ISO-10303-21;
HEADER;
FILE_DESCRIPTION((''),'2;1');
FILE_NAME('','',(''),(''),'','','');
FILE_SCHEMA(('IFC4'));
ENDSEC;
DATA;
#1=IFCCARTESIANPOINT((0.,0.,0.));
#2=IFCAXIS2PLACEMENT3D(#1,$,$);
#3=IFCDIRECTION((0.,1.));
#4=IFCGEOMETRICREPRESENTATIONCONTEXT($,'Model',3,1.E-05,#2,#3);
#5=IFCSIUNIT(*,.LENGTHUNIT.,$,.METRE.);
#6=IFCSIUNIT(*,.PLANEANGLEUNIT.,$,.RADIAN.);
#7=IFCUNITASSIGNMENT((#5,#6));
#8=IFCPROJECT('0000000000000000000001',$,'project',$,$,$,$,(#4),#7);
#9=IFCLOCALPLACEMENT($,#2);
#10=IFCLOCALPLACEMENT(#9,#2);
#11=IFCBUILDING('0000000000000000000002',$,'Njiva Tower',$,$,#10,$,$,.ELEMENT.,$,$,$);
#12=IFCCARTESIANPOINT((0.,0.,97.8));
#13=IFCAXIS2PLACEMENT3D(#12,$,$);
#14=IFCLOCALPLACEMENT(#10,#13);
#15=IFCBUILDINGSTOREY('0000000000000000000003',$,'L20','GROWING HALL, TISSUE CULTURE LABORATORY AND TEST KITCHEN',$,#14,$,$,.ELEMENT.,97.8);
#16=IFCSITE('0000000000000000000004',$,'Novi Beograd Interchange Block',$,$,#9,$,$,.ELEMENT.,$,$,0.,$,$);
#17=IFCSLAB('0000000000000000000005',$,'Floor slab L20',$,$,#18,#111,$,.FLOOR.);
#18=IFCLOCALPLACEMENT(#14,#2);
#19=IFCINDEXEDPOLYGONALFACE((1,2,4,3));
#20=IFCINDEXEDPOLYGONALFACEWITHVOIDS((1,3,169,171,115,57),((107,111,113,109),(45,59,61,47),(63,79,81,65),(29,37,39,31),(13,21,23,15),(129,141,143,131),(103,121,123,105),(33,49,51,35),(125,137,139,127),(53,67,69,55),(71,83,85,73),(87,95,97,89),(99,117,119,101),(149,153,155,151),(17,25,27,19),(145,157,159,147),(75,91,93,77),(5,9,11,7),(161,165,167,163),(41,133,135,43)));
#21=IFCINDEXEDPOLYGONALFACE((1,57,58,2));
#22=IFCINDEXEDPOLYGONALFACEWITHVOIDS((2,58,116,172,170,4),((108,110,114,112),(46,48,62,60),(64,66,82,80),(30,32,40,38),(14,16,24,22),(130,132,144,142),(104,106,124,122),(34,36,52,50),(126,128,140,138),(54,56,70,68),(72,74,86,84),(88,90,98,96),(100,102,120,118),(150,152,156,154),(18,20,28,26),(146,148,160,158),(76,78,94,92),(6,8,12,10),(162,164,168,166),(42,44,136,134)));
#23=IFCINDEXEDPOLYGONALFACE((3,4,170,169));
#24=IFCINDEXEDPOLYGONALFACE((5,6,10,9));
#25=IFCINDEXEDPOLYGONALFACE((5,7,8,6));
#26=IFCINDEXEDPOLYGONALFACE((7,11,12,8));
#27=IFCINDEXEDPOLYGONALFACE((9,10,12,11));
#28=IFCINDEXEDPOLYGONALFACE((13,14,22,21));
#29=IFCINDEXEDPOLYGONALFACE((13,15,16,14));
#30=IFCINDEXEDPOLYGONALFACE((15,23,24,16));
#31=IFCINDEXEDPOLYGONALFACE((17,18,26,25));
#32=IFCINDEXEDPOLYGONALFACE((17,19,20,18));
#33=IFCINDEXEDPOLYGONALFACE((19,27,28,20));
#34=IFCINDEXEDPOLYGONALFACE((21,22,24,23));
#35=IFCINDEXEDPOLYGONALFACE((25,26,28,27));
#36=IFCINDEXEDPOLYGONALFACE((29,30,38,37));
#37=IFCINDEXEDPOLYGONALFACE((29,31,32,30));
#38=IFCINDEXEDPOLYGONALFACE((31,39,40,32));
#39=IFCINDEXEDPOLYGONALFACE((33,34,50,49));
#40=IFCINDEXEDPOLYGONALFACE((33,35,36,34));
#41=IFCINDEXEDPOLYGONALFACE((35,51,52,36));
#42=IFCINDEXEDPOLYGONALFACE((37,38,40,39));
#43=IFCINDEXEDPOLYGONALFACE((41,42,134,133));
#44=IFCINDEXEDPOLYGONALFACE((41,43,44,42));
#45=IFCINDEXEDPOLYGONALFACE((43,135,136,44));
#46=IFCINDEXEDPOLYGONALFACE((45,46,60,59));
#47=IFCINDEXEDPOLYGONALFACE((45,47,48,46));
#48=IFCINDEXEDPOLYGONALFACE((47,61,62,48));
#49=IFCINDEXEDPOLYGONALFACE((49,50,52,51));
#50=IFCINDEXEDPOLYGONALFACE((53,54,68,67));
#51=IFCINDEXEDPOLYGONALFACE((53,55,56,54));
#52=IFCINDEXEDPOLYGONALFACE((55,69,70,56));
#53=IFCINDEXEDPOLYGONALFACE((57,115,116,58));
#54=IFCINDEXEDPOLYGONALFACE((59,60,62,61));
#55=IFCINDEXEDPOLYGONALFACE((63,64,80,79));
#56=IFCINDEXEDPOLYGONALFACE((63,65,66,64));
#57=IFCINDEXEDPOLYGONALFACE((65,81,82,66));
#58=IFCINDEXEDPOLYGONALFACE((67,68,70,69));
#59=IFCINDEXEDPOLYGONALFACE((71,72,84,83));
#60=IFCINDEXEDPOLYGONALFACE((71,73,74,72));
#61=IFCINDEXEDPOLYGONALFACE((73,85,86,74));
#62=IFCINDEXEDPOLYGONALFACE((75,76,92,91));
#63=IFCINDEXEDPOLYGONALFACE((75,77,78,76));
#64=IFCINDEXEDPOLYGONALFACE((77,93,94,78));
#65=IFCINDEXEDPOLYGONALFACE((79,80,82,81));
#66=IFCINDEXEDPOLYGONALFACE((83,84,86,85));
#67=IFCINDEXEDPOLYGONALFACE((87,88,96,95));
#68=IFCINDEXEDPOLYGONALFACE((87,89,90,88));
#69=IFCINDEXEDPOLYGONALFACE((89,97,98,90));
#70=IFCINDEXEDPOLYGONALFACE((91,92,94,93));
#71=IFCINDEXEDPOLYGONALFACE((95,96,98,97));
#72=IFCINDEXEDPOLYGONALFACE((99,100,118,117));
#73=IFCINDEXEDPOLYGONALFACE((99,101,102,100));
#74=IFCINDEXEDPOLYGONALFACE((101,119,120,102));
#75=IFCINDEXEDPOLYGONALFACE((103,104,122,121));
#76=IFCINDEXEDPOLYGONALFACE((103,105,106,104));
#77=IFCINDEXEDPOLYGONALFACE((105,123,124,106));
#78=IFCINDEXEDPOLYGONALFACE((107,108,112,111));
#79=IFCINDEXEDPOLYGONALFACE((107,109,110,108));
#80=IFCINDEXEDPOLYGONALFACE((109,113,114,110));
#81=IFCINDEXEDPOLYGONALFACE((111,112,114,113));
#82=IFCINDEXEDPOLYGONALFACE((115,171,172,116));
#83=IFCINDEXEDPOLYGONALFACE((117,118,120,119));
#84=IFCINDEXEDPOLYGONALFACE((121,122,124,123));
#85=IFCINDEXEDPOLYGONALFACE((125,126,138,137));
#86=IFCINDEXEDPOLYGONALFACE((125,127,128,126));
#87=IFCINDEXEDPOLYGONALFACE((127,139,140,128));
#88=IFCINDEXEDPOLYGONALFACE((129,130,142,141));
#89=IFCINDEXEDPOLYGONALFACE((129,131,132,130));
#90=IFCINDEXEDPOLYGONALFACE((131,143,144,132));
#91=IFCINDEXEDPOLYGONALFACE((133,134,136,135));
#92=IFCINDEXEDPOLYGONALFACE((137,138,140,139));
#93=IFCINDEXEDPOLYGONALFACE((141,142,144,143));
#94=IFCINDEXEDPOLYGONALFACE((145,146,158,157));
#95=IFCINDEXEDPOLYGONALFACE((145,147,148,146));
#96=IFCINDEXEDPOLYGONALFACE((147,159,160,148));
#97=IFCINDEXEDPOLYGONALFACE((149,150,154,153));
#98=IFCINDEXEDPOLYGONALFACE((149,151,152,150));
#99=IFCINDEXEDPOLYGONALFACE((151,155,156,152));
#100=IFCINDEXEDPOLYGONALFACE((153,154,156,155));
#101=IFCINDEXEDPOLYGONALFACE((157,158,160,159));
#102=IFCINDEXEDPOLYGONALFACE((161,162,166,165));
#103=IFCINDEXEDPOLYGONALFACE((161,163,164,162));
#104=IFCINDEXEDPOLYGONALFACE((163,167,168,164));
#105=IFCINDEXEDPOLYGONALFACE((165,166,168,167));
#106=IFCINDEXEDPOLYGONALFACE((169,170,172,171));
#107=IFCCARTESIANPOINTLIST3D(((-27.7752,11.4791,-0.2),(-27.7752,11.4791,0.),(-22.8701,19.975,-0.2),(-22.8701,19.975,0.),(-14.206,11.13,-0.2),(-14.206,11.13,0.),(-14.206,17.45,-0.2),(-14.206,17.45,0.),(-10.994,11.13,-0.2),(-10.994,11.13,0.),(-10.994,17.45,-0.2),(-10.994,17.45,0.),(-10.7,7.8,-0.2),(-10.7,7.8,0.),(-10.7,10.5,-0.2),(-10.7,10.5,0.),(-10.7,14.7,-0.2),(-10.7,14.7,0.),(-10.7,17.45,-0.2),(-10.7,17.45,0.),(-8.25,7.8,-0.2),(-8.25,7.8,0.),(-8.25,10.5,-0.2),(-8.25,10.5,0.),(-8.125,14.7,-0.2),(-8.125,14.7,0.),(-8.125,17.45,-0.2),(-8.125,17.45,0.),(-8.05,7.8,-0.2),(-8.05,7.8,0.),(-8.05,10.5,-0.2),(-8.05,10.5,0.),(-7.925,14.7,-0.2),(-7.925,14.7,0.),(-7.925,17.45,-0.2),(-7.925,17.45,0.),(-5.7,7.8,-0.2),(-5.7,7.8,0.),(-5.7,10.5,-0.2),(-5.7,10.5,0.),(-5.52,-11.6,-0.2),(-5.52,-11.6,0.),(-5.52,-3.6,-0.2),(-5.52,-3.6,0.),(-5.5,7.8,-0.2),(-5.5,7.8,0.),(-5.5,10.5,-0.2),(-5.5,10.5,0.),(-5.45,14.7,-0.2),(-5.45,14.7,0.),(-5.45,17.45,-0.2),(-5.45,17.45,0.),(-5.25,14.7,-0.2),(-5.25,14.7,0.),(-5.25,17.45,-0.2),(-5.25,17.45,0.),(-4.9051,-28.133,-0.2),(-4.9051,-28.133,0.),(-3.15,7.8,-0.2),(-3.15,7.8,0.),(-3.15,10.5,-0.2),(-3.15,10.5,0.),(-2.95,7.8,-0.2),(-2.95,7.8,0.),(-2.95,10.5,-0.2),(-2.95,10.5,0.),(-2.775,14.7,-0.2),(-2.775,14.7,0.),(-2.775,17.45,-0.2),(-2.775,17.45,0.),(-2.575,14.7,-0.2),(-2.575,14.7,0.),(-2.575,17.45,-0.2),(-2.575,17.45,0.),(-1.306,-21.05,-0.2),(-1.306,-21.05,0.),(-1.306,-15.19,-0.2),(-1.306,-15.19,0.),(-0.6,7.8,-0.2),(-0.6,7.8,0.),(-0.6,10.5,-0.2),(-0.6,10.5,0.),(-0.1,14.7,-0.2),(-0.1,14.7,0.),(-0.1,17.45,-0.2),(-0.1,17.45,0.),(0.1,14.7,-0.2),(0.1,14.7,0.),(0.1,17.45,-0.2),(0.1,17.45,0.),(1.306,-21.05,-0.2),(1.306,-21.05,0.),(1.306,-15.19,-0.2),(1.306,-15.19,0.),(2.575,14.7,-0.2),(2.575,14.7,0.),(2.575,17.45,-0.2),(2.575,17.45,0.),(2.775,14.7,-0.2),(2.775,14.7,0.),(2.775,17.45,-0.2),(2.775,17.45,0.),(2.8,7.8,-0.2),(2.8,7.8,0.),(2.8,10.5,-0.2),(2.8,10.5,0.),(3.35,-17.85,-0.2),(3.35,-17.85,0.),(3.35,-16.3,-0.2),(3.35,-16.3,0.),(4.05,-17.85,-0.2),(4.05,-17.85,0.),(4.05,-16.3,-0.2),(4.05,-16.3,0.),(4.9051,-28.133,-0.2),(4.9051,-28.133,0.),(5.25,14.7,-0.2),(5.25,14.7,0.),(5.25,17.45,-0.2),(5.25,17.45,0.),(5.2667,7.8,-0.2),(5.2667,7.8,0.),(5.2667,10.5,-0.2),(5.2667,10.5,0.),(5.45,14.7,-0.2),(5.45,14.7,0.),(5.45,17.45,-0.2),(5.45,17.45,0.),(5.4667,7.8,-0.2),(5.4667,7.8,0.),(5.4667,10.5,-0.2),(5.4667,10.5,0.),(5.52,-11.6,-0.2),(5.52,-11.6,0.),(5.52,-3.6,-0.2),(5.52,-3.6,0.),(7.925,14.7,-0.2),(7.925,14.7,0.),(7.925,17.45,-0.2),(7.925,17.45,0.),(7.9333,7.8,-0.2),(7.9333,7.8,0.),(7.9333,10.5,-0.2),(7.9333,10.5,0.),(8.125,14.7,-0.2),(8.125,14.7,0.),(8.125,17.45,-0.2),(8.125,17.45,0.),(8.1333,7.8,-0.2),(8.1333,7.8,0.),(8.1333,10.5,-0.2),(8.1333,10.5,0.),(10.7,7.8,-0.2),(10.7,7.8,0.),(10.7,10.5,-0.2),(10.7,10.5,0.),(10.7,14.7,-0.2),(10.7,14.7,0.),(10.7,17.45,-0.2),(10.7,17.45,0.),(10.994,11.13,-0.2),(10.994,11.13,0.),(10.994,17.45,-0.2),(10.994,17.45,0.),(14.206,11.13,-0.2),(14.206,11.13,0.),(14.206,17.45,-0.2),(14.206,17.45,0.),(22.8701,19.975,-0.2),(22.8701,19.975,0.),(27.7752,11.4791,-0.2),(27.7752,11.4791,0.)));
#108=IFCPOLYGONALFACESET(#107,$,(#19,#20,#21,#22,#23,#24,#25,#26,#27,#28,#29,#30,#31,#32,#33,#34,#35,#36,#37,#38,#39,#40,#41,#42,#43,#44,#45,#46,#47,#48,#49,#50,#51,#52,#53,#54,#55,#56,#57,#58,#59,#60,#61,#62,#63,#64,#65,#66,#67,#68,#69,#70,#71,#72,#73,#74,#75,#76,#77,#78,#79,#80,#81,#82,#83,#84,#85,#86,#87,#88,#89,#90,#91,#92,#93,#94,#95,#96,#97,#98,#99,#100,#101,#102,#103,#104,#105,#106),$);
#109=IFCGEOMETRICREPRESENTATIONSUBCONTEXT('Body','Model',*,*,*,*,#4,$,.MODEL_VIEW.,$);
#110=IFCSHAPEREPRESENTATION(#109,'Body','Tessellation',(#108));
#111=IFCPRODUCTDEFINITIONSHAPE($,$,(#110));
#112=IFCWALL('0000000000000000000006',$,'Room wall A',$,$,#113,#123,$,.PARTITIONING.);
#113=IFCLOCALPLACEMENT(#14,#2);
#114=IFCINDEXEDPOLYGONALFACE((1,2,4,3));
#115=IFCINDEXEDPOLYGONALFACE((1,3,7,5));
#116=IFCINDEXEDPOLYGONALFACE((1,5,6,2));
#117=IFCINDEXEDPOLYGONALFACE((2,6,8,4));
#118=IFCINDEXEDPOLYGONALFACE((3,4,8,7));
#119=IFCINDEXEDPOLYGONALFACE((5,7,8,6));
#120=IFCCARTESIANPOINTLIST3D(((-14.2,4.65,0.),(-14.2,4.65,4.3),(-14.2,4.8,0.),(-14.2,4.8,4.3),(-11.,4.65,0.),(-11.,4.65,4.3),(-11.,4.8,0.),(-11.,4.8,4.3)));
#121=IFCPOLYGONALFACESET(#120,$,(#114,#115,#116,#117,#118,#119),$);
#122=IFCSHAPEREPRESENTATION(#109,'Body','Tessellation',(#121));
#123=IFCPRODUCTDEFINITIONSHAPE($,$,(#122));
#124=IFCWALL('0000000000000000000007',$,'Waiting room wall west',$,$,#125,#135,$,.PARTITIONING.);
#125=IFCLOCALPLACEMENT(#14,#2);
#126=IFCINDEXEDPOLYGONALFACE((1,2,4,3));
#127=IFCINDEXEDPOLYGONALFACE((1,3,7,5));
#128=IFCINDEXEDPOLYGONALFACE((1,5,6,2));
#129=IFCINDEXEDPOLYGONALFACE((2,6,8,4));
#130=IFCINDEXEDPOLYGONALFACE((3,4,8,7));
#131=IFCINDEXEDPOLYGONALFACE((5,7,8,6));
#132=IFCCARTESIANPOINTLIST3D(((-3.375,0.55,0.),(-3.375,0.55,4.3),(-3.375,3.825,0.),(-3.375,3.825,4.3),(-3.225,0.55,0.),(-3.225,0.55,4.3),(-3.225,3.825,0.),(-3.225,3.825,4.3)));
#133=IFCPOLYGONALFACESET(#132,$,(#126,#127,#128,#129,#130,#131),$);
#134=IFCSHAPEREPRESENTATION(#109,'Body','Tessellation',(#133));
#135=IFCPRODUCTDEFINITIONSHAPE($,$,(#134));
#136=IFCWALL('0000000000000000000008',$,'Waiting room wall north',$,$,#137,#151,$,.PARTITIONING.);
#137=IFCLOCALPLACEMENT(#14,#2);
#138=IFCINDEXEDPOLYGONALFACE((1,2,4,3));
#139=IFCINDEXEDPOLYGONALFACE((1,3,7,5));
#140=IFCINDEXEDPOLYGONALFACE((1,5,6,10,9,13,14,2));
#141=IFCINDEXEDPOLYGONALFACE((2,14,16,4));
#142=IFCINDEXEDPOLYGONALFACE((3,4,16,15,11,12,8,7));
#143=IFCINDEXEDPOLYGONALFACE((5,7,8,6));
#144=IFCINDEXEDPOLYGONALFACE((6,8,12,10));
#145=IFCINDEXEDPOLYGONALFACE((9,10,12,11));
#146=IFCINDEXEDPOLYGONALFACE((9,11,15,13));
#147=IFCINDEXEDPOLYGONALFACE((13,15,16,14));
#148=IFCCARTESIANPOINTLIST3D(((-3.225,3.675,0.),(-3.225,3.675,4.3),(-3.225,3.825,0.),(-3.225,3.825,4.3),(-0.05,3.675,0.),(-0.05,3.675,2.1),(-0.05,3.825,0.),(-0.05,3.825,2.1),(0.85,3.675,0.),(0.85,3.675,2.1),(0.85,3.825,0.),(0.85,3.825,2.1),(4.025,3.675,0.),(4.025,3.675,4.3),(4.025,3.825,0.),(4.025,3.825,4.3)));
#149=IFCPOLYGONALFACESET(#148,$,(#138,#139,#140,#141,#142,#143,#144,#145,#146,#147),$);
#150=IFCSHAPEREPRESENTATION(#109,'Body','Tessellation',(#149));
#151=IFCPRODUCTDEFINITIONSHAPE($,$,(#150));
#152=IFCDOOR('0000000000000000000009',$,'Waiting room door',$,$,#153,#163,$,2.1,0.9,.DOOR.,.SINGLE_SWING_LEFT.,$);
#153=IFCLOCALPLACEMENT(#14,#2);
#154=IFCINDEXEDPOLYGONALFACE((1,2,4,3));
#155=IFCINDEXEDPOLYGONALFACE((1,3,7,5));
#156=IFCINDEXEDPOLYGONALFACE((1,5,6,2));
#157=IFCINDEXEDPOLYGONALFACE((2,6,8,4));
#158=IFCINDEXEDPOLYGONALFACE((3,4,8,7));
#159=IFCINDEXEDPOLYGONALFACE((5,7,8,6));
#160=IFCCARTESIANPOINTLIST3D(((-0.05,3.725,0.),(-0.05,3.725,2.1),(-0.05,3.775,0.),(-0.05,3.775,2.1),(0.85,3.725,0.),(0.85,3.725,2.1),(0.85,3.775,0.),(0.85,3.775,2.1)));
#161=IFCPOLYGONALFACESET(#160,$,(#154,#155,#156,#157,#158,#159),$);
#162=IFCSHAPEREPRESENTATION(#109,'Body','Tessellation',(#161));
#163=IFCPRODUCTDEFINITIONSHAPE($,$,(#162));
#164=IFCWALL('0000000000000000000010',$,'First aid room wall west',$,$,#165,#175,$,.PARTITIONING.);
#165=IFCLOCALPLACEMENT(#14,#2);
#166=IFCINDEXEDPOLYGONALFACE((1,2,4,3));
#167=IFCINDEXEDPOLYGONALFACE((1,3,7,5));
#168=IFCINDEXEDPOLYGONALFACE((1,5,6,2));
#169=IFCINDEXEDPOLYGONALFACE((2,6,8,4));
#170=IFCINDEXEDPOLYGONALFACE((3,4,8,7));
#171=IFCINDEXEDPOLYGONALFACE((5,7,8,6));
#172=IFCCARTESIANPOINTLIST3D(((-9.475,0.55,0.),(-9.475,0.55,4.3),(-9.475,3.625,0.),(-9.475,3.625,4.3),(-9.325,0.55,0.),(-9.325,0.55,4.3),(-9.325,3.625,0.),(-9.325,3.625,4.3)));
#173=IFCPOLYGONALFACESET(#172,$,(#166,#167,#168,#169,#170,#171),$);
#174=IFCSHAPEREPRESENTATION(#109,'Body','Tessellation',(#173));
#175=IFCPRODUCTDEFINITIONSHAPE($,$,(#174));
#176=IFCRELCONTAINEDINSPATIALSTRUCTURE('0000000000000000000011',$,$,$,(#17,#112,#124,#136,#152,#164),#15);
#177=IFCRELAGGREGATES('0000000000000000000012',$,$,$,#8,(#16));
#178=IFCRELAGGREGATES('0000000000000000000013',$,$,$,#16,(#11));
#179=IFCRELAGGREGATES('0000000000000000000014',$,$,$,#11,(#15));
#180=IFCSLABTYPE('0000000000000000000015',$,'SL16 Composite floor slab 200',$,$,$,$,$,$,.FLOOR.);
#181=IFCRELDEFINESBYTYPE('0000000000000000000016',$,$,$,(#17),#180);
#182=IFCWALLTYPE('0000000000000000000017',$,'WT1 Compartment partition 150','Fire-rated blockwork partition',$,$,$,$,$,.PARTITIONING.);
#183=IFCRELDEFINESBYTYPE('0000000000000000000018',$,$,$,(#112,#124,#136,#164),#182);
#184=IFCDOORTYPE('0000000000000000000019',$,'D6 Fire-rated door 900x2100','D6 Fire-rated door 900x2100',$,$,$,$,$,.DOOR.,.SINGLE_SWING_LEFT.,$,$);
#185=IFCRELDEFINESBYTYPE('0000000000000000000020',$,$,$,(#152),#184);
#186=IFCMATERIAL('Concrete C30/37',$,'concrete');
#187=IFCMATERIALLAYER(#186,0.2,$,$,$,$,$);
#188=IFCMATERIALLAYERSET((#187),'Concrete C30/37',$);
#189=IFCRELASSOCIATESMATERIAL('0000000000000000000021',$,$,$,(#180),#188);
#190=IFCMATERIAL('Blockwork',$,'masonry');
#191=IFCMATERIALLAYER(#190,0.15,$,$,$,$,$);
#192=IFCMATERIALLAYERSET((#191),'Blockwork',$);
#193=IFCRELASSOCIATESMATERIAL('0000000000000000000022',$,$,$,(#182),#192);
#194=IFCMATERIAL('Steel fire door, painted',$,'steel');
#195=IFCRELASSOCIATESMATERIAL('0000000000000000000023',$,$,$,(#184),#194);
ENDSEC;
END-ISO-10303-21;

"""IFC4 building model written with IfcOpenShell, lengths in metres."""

from ifc_helpers import new_model, si_unit, direction, frame, frame_2d, origin, place, context, subcontext, project, spatial, polyline, rectangle, outline, extrude, material, layer, layer_set, type_object, element, fill, save


model = new_model("IFC4")

# Units and contexts
model_context = context("Model", 3, precision=1e-05, world=origin(), true_north=direction((0.0, 1.0)))
body_context = subcontext(model_context, "Body", "Model", "MODEL_VIEW")
ifc_project = project(units=[si_unit("LENGTHUNIT", "METRE"), si_unit("PLANEANGLEUNIT", "RADIAN")], contexts=[model_context])

# Site, building, storey
site_placement = place(None, origin())
site = spatial("IfcSite", under=ifc_project, at=site_placement, Name="Novi Beograd Interchange Block", CompositionType="ELEMENT", RefElevation=0.0)
building_placement = place(site_placement, origin())
building = spatial("IfcBuilding", under=site, at=building_placement, Name="Njiva Tower", CompositionType="ELEMENT")
storey_placement = place(building_placement, frame((0.0, 0.0, 97.8)))
storey = spatial("IfcBuildingStorey", under=building, at=storey_placement, Name="L20", Description="GROWING HALL, TISSUE CULTURE LABORATORY AND TEST KITCHEN", CompositionType="ELEMENT", Elevation=97.8)

# Slab
ifc_material_1 = material(Name="Concrete C30/37", Category="concrete")
ifc_layer_1 = layer(ifc_material_1, 0.2)
ifc_layer_set_1 = layer_set([ifc_layer_1], Name="Concrete C30/37")
slab_type = type_object("IfcSlabType", Name="SL16 Composite floor slab 200", PredefinedType="FLOOR", material=ifc_layer_set_1)
slab_placement = place(storey_placement, frame((0.0, 0.0, -0.2)))
element("IfcSlab", 1, at=slab_placement, inside=storey, type_object=slab_type, Name="Floor slab L20", PredefinedType="FLOOR", context=body_context, shape_type="SweptSolid", body=[
    extrude(outline(polyline([(27.7752, 11.4791), (4.9051, -28.133), (-4.9051, -28.133), (-27.7752, 11.4791), (-22.8701, 19.975), (22.8701, 19.975), (27.7752, 11.4791)]), holes=[polyline([(10.994, 11.13), (14.206, 11.13), (14.206, 17.45), (10.994, 17.45), (10.994, 11.13)]), polyline([(8.125, 17.45), (8.125, 14.7), (10.7, 14.7), (10.7, 17.45), (8.125, 17.45)]), polyline([(8.1333, 10.5), (8.1333, 7.8), (10.7, 7.8), (10.7, 10.5), (8.1333, 10.5)]), polyline([(5.4667, 10.5), (5.4667, 7.8), (7.9333, 7.8), (7.9333, 10.5), (5.4667, 10.5)]), polyline([(5.45, 17.45), (5.45, 14.7), (7.925, 14.7), (7.925, 17.45), (5.45, 17.45)]), polyline([(5.52, -11.6), (5.52, -3.6), (-5.52, -3.6), (-5.52, -11.6), (5.52, -11.6)]), polyline([(2.8, 7.8), (5.2667, 7.8), (5.2667, 10.5), (2.8, 10.5), (2.8, 7.8)]), polyline([(2.775, 14.7), (5.25, 14.7), (5.25, 17.45), (2.775, 17.45), (2.775, 14.7)]), polyline([(3.35, -17.85), (4.05, -17.85), (4.05, -16.3), (3.35, -16.3), (3.35, -17.85)]), polyline([(0.1, 14.7), (2.575, 14.7), (2.575, 17.45), (0.1, 17.45), (0.1, 14.7)]), polyline([(-1.306, -21.05), (1.306, -21.05), (1.306, -15.19), (-1.306, -15.19), (-1.306, -21.05)]), polyline([(-2.575, 17.45), (-2.575, 14.7), (-0.1, 14.7), (-0.1, 17.45), (-2.575, 17.45)]), polyline([(-2.95, 10.5), (-2.95, 7.8), (-0.6, 7.8), (-0.6, 10.5), (-2.95, 10.5)]), polyline([(-5.25, 17.45), (-5.25, 14.7), (-2.775, 14.7), (-2.775, 17.45), (-5.25, 17.45)]), polyline([(-5.5, 10.5), (-5.5, 7.8), (-3.15, 7.8), (-3.15, 10.5), (-5.5, 10.5)]), polyline([(-7.925, 14.7), (-5.45, 14.7), (-5.45, 17.45), (-7.925, 17.45), (-7.925, 14.7)]), polyline([(-8.05, 7.8), (-5.7, 7.8), (-5.7, 10.5), (-8.05, 10.5), (-8.05, 7.8)]), polyline([(-10.7, 14.7), (-8.125, 14.7), (-8.125, 17.45), (-10.7, 17.45), (-10.7, 14.7)]), polyline([(-10.7, 7.8), (-8.25, 7.8), (-8.25, 10.5), (-10.7, 10.5), (-10.7, 7.8)]), polyline([(-14.206, 11.13), (-10.994, 11.13), (-10.994, 17.45), (-14.206, 17.45), (-14.206, 11.13)])]), origin(), (0.0, 0.0, 1.0), 0.2),
])

# Walls
ifc_material_2 = material(Name="Blockwork", Category="masonry")
ifc_layer_2 = layer(ifc_material_2, 0.15)
ifc_layer_set_2 = layer_set([ifc_layer_2], Name="Blockwork")
wall_type_1 = type_object("IfcWallType", Name="WT1 Compartment partition 150", Description="Fire-rated blockwork partition", PredefinedType="PARTITIONING", material=ifc_layer_set_2)
wall_1_placement = place(storey_placement, frame((-14.2, 4.725, 0.0), z_axis=(0.0, 0.0, 1.0), x_axis=(1.0, 0.0, 0.0)))
element("IfcWall", 2, at=wall_1_placement, inside=storey, type_object=wall_type_1, Name="Room wall A", PredefinedType="PARTITIONING", context=body_context, shape_type="SweptSolid", body=[
    extrude(rectangle(XDim=3.2, YDim=0.15, at=frame_2d((1.6, 0.0))), origin(), (0.0, 0.0, 1.0), 4.3),
])
wall_2_placement = place(storey_placement, frame((-3.3, 0.55, 0.0), z_axis=(0.0, 0.0, 1.0), x_axis=(0.0, 1.0, 0.0)))
element("IfcWall", 3, at=wall_2_placement, inside=storey, type_object=wall_type_1, Name="Waiting room wall west", PredefinedType="PARTITIONING", context=body_context, shape_type="SweptSolid", body=[
    extrude(rectangle(XDim=3.275, YDim=0.15, at=frame_2d((1.6375, 0.0))), origin(), (0.0, 0.0, 1.0), 4.3),
])

# Wall, opening, door
wall_3_placement = place(storey_placement, frame((-3.225, 3.75, 0.0), z_axis=(0.0, 0.0, 1.0), x_axis=(1.0, 0.0, 0.0)))
wall_3 = element("IfcWall", 4, at=wall_3_placement, inside=storey, type_object=wall_type_1, Name="Waiting room wall north", PredefinedType="PARTITIONING", context=body_context, shape_type="SweptSolid", body=[
    extrude(rectangle(XDim=7.25, YDim=0.15, at=frame_2d((3.625, 0.0))), origin(), (0.0, 0.0, 1.0), 4.3),
])
opening_1_placement = place(wall_3_placement, frame((3.175, 0.0, 0.0)))
opening_1 = element("IfcOpeningElement", 5, at=opening_1_placement, cuts=wall_3, PredefinedType="OPENING", context=body_context, shape_type="SweptSolid", body=[
    extrude(rectangle(XDim=0.9, YDim=2.1, at=frame_2d((0.45, 1.05))), frame((0.0, 0.085, 0.0), z_axis=(0.0, -1.0, 0.0), x_axis=(1.0, 0.0, 0.0)), (0.0, 0.0, 1.0), 0.17),
])
ifc_material_3 = material(Name="Steel fire door, painted", Category="steel")
door_type_1 = type_object("IfcDoorType", Name="D6 Fire-rated door 900x2100", Description="D6 Fire-rated door 900x2100", OperationType="SINGLE_SWING_LEFT", PredefinedType="DOOR", material=ifc_material_3)
door_1_placement = place(opening_1_placement, origin())
door_1 = element("IfcDoor", 6, at=door_1_placement, inside=storey, type_object=door_type_1, Name="Waiting room door", OperationType="SINGLE_SWING_LEFT", OverallHeight=2.1, OverallWidth=0.9, PredefinedType="DOOR", context=body_context, shape_type="SweptSolid", body=[
    extrude(rectangle(XDim=0.9, YDim=2.1, at=frame_2d((0.45, 1.05))), frame((0.0, 0.025, 0.0), z_axis=(0.0, -1.0, 0.0), x_axis=(1.0, 0.0, 0.0)), (0.0, 0.0, 1.0), 0.05),
])
fill(opening_1, door_1)

# Wall
for number, where, z_axis, x_axis, name in (
    (7, (-9.4, 0.55, 0.0), (0.0, 0.0, 1.0), (0.0, 1.0, 0.0), "First aid room wall west"),
):
    element("IfcWall", number, at=place(storey_placement, frame(where, z_axis=z_axis, x_axis=x_axis)), inside=storey, type_object=wall_type_1, Name=name, PredefinedType="PARTITIONING", context=body_context, shape_type="SweptSolid", body=[
        extrude(rectangle(XDim=3.075, YDim=0.15, at=frame_2d((1.5375, 0.0))), origin(), (0.0, 0.0, 1.0), 4.3),
    ])

save(model, "model.ifc")
